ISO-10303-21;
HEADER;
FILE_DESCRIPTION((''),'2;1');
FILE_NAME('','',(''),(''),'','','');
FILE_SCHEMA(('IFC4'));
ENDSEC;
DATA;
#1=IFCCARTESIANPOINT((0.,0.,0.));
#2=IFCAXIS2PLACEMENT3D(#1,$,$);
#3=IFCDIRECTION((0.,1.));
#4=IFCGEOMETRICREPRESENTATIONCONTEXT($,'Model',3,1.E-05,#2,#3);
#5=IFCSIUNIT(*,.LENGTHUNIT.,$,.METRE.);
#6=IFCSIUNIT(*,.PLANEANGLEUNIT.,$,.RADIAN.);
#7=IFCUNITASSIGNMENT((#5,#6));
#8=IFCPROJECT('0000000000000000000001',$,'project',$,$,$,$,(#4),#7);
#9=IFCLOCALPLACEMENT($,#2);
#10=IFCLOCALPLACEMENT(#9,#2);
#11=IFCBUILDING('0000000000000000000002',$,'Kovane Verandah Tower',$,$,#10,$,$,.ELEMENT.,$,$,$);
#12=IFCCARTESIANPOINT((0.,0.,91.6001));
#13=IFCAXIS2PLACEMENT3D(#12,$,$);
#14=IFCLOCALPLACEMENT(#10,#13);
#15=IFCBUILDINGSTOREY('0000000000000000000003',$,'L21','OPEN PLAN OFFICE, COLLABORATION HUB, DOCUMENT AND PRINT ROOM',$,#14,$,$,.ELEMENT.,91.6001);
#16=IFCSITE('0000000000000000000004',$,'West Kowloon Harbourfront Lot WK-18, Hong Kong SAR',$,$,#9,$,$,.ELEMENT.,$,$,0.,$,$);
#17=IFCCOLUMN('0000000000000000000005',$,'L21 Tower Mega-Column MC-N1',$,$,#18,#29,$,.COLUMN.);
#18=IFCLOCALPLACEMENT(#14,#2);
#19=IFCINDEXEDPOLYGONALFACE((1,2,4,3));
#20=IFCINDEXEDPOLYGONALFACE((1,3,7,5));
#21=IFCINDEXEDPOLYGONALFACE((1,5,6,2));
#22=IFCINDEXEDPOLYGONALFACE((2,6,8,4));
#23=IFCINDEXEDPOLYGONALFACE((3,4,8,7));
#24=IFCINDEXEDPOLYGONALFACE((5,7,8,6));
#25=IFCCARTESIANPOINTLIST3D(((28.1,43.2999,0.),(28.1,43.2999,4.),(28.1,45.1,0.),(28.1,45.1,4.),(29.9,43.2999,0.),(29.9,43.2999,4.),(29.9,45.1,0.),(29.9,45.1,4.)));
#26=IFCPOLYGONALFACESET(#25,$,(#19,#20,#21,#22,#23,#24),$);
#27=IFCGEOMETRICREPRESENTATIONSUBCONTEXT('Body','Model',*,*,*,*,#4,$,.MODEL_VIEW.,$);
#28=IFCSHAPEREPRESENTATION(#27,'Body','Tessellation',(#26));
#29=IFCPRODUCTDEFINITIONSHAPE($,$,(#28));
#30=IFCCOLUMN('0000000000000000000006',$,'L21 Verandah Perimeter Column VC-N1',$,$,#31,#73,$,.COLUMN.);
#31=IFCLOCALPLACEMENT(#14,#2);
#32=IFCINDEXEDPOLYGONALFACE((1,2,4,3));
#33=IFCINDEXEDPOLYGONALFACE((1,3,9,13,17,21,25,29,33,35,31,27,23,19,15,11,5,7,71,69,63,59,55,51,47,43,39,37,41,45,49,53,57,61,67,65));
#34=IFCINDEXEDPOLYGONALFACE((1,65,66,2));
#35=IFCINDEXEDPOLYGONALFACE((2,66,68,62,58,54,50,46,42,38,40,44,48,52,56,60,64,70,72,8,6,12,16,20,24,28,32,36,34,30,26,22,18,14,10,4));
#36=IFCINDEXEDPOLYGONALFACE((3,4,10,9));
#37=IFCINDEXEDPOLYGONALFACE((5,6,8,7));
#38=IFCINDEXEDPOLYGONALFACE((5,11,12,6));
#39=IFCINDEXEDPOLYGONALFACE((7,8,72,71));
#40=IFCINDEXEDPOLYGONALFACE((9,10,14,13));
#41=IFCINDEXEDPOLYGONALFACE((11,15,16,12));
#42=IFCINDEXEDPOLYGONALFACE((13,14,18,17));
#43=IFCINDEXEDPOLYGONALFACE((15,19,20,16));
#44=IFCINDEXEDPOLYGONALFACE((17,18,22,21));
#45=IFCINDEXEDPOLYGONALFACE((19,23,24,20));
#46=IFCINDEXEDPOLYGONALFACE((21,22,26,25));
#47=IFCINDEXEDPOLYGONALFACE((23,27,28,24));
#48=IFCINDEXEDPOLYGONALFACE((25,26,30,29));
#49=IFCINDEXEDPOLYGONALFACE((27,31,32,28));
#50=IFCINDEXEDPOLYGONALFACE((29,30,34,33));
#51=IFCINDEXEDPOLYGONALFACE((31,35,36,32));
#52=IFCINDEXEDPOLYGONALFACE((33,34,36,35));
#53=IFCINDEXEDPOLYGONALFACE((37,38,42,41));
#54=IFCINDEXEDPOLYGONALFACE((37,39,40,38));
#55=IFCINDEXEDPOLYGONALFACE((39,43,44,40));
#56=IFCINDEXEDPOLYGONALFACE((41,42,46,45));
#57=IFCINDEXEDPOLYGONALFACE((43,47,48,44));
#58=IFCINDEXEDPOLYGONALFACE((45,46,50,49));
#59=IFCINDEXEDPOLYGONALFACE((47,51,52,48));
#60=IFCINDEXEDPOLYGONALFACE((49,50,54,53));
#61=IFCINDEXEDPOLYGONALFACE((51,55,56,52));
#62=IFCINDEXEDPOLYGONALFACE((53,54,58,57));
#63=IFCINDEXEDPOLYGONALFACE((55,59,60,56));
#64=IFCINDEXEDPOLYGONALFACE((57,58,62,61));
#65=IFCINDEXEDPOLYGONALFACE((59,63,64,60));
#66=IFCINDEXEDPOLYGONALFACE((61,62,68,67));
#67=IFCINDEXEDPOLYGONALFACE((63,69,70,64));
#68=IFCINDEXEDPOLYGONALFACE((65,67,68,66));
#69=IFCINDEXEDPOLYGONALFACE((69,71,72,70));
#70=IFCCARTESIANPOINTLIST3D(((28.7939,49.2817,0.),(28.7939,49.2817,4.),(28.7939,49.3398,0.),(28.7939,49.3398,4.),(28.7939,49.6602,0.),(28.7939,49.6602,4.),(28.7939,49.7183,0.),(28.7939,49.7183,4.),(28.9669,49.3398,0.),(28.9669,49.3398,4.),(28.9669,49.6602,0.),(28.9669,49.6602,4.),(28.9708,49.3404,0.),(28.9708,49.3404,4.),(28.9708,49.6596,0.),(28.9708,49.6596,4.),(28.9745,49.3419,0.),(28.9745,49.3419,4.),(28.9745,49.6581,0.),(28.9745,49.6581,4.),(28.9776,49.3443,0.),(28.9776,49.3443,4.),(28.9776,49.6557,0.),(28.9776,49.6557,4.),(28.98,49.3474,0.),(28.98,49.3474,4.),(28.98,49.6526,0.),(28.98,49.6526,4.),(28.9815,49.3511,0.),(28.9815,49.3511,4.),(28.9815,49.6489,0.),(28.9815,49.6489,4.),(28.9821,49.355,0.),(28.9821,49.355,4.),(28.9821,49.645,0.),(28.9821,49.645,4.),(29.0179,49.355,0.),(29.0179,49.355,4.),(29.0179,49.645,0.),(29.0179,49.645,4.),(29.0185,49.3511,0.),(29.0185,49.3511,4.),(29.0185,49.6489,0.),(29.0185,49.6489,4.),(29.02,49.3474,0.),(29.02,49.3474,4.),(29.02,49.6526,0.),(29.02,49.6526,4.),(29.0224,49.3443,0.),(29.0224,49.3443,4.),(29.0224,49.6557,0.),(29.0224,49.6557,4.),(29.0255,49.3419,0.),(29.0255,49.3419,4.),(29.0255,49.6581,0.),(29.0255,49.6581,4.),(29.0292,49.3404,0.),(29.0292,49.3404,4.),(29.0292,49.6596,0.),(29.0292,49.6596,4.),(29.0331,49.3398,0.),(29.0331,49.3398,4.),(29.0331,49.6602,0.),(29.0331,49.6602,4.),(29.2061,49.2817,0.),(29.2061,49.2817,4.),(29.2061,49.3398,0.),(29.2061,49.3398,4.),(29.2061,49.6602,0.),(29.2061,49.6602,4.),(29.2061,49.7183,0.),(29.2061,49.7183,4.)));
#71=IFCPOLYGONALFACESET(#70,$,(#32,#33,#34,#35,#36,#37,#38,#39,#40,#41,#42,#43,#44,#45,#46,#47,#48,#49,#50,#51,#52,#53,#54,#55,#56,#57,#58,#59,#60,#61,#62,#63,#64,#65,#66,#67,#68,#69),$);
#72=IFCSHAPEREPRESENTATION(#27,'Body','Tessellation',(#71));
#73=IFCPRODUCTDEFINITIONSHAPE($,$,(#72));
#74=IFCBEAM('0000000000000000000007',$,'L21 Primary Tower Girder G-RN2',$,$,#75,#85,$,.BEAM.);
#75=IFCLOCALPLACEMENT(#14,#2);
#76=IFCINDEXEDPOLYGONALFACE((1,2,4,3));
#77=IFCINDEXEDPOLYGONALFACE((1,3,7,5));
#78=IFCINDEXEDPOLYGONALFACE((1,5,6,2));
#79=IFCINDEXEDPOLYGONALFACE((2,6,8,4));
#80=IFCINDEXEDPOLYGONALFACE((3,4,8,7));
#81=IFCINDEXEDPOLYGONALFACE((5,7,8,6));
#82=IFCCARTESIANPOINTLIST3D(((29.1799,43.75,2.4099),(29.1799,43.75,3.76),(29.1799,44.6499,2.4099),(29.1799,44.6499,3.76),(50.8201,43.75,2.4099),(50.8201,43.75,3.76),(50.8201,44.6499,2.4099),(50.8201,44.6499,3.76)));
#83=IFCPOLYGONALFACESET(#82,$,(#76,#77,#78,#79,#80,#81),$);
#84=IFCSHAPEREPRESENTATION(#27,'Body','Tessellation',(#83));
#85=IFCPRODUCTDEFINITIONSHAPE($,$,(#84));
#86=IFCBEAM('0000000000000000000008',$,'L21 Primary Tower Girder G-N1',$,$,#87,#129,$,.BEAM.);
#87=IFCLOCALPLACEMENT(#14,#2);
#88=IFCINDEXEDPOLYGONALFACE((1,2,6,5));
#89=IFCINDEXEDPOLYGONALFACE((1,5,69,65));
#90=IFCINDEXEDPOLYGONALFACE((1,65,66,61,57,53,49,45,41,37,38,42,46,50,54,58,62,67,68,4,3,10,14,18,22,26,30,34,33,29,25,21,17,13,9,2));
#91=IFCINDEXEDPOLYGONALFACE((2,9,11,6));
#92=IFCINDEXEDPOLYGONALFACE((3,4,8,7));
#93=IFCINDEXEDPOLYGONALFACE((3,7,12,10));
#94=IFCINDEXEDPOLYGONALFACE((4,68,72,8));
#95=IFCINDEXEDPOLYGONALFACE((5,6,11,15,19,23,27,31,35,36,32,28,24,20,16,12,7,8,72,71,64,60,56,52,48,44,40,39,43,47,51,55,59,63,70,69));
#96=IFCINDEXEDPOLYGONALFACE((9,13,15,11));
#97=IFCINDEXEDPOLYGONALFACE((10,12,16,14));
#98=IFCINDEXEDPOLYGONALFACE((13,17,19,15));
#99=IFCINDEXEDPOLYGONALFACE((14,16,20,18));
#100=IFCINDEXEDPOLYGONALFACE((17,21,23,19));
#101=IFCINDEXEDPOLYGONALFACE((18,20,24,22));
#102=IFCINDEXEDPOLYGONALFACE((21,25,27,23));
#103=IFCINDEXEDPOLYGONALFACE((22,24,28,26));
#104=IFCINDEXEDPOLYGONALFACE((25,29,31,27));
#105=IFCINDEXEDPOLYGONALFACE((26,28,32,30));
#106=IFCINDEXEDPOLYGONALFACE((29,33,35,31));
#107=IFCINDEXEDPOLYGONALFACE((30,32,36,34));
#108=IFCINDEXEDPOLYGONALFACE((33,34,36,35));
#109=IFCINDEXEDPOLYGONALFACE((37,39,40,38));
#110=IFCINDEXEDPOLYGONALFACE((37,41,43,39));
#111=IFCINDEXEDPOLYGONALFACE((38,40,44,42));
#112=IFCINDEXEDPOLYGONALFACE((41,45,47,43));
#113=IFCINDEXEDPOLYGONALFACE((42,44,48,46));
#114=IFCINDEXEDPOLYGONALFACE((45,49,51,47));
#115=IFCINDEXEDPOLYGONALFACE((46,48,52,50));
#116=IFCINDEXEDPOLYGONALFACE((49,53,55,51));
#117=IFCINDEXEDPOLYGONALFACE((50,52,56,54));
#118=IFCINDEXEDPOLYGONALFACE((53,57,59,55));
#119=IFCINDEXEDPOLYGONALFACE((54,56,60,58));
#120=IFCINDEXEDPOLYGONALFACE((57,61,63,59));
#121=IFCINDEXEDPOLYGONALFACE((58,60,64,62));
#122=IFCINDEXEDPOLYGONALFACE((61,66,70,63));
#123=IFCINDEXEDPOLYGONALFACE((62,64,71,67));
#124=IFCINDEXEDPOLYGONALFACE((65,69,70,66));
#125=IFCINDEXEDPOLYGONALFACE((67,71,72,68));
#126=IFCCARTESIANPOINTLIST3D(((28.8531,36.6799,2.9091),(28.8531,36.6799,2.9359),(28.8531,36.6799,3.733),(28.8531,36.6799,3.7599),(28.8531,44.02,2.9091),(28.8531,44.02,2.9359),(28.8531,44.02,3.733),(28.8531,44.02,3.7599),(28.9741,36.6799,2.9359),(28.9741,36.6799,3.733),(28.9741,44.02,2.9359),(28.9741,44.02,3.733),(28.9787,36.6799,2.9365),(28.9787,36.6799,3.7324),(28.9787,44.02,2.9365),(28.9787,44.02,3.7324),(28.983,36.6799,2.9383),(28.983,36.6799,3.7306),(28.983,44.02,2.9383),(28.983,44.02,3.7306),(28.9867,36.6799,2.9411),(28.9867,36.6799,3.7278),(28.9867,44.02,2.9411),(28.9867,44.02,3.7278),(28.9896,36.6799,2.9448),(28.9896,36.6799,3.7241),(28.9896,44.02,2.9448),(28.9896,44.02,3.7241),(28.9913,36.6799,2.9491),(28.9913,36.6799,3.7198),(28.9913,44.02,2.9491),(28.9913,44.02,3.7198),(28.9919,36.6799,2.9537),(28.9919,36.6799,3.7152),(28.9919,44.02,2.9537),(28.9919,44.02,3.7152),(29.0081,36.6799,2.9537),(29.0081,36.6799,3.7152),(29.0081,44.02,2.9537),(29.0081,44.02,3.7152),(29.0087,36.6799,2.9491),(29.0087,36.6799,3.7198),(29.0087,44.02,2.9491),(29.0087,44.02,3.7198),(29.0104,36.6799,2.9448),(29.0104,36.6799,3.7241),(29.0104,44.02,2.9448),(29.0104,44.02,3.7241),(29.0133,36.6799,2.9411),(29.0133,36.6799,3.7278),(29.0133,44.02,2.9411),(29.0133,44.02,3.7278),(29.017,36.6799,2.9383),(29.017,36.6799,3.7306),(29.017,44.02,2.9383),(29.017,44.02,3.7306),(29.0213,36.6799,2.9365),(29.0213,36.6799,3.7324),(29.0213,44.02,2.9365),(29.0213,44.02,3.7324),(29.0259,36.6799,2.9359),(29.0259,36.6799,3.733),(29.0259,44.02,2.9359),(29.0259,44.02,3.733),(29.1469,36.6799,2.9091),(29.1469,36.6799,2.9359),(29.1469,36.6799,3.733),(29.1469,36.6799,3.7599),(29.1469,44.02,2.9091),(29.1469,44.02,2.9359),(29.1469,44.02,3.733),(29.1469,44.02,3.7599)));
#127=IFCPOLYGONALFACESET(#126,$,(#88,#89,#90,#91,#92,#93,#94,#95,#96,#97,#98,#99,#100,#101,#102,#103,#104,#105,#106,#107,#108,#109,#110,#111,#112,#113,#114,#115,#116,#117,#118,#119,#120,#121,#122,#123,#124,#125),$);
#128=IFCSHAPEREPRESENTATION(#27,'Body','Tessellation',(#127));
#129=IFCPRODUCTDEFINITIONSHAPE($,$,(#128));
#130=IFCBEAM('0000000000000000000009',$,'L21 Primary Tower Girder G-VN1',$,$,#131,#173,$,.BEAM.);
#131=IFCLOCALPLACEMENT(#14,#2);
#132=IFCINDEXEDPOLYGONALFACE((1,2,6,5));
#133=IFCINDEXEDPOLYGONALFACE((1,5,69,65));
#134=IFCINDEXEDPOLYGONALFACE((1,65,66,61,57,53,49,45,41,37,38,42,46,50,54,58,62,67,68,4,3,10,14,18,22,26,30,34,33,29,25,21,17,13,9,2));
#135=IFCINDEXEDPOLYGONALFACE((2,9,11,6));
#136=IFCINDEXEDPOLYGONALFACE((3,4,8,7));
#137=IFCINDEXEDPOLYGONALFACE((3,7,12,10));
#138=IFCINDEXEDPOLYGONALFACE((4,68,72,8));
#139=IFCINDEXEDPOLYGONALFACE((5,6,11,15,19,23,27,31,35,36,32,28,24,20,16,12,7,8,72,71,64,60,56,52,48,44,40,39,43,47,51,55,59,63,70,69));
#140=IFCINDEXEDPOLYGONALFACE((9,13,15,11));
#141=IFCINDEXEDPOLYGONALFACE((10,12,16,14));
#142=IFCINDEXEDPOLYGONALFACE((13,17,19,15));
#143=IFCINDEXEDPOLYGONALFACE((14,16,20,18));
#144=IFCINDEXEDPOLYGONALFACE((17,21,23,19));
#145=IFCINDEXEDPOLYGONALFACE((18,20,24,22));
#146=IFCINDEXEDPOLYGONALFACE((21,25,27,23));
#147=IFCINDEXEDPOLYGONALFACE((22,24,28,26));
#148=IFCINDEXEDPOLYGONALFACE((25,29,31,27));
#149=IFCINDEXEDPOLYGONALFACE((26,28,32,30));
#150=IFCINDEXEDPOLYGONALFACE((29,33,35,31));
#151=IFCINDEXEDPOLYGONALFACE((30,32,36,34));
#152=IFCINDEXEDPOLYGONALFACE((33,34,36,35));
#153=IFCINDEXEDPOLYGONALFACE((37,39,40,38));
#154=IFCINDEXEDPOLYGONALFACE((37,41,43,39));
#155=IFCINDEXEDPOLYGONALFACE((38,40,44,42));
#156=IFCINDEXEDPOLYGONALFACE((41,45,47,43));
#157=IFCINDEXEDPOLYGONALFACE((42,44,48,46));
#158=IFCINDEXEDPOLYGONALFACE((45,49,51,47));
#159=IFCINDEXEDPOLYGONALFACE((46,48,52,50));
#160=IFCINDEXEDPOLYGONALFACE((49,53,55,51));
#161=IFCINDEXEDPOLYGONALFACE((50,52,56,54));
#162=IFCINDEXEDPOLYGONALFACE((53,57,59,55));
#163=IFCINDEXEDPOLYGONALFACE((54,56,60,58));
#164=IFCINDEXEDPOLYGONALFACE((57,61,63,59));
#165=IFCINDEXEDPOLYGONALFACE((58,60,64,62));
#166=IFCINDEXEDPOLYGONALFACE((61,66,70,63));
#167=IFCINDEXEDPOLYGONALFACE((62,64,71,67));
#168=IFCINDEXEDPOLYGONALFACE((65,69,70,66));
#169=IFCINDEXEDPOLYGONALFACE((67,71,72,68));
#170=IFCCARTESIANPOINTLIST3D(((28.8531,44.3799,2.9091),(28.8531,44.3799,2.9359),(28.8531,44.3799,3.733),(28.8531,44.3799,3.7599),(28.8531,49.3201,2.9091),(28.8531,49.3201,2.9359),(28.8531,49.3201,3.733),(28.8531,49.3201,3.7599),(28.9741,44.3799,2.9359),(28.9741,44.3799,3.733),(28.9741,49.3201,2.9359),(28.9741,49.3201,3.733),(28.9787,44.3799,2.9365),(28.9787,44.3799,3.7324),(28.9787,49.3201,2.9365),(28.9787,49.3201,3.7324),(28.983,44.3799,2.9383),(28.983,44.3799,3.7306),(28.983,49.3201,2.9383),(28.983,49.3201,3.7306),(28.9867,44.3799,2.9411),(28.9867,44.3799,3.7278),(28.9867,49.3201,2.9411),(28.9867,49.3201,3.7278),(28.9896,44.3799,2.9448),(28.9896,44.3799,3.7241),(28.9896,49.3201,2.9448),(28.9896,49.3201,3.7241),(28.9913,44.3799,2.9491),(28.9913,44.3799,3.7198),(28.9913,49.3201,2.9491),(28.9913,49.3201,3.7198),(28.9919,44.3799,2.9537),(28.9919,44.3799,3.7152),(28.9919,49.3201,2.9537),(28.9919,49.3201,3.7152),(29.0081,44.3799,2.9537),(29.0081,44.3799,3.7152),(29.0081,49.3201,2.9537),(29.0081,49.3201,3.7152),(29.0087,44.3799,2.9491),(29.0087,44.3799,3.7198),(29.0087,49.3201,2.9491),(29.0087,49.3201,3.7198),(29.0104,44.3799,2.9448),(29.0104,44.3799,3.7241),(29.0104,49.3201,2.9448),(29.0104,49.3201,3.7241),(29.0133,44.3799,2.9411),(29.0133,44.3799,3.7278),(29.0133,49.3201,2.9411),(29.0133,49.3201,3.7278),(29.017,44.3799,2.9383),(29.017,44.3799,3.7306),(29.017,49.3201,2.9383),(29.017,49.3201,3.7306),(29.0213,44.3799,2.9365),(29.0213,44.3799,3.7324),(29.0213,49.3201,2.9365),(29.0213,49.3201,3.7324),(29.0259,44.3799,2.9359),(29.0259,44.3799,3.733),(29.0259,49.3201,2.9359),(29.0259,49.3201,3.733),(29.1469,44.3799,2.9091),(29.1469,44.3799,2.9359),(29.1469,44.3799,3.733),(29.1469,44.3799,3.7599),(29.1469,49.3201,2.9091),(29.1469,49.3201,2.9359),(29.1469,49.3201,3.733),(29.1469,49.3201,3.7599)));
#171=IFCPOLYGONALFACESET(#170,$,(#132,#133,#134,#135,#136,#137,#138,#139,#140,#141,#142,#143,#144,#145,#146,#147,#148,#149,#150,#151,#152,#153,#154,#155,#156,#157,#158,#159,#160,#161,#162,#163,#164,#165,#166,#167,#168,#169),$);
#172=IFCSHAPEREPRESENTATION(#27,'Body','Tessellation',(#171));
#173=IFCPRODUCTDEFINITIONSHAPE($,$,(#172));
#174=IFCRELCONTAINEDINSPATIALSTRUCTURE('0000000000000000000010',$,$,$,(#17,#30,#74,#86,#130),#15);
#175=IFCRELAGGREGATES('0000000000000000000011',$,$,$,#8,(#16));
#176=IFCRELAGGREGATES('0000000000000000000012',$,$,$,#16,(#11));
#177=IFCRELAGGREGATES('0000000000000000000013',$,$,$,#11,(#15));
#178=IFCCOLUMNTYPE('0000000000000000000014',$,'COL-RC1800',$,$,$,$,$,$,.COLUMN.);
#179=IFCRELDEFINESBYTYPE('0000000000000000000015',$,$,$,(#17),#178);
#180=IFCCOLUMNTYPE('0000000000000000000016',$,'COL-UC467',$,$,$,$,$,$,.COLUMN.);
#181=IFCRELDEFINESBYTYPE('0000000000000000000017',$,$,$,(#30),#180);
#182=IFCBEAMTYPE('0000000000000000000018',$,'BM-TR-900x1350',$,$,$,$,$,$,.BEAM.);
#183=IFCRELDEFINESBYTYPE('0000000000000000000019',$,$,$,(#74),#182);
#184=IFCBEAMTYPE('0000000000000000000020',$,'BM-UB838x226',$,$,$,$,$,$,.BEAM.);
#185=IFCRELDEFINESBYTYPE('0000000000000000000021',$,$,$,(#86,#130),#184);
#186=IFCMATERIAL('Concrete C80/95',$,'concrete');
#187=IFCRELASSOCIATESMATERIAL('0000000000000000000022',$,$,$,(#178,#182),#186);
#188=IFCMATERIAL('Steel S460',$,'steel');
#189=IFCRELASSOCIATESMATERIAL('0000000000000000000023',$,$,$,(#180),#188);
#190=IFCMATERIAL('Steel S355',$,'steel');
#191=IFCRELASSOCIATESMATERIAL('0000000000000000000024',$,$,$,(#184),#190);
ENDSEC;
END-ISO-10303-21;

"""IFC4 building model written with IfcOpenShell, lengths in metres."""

from ifc_helpers import new_model, si_unit, direction, frame, origin, origin_2d, place, context, subcontext, project, spatial, rectangle, i_section, extrude, material, material_profile, profile_set, type_object, element, save


model = new_model("IFC4")

# Units and contexts
model_context = context("Model", 3, precision=1e-05, world=origin(), true_north=direction((0.0, 1.0)))
body_context = subcontext(model_context, "Body", "Model", "MODEL_VIEW")
ifc_project = project(units=[si_unit("LENGTHUNIT", "METRE"), si_unit("PLANEANGLEUNIT", "RADIAN")], contexts=[model_context])

# Site, building, storey
site_placement = place(None, origin())
site = spatial("IfcSite", under=ifc_project, at=site_placement, Name="West Kowloon Harbourfront Lot WK-18, Hong Kong SAR", CompositionType="ELEMENT", RefElevation=0.0)
building_placement = place(site_placement, origin())
building = spatial("IfcBuilding", under=site, at=building_placement, Name="Kovane Verandah Tower", CompositionType="ELEMENT")
storey_placement = place(building_placement, frame((0.0, 0.0, 91.6001)))
storey = spatial("IfcBuildingStorey", under=building, at=storey_placement, Name="L21", Description="OPEN PLAN OFFICE, COLLABORATION HUB, DOCUMENT AND PRINT ROOM", CompositionType="ELEMENT", Elevation=91.6001)

# Columns
ifc_material_1 = material(Name="Concrete C80/95", Category="concrete")
ifc_material_profile_1 = material_profile(ifc_material_1, rectangle(XDim=1.8, YDim=1.8, at=origin_2d()), Name="RC1800x1800")
ifc_profile_set_1 = profile_set([ifc_material_profile_1], Name="Concrete C80/95")
column_type_1 = type_object("IfcColumnType", Name="COL-RC1800", PredefinedType="COLUMN", material=ifc_profile_set_1)
column_1_placement = place(storey_placement, frame((29.0, 44.2, 0.0), z_axis=(0.0, 0.0, 1.0), x_axis=(1.0, 0.0, 0.0)))
element("IfcColumn", 1, at=column_1_placement, inside=storey, type_object=column_type_1, Name="L21 Tower Mega-Column MC-N1", PredefinedType="COLUMN", context=body_context, shape_type="SweptSolid", body=[
    extrude(rectangle(XDim=1.8, YDim=1.8, at=origin_2d()), origin(), (0.0, 0.0, 1.0), 4.0),
])
ifc_material_2 = material(Name="Steel S460", Category="steel")
ifc_material_profile_2 = material_profile(ifc_material_2, i_section(OverallWidth=0.4121, OverallDepth=0.4365, WebThickness=0.0359, FlangeThickness=0.0581, FilletRadius=0.0151, at=origin_2d()), Name="UC356x406x467")
ifc_profile_set_2 = profile_set([ifc_material_profile_2], Name="Steel S460")
column_type_2 = type_object("IfcColumnType", Name="COL-UC467", PredefinedType="COLUMN", material=ifc_profile_set_2)
column_2_placement = place(storey_placement, frame((29.0, 49.5, 0.0), z_axis=(0.0, 0.0, 1.0), x_axis=(1.0, 0.0, 0.0)))
element("IfcColumn", 2, at=column_2_placement, inside=storey, type_object=column_type_2, Name="L21 Verandah Perimeter Column VC-N1", PredefinedType="COLUMN", context=body_context, shape_type="SweptSolid", body=[
    extrude(i_section(OverallWidth=0.4121, OverallDepth=0.4365, WebThickness=0.0359, FlangeThickness=0.0581, FilletRadius=0.0151, at=origin_2d()), origin(), (0.0, 0.0, 1.0), 4.0),
])

# Beams
ifc_material_profile_3 = material_profile(ifc_material_1, rectangle(XDim=0.8999, YDim=1.3501, at=origin_2d()), Name="RCB900x1350")
ifc_profile_set_3 = profile_set([ifc_material_profile_3], Name="Concrete C80/95")
beam_type_1 = type_object("IfcBeamType", Name="BM-TR-900x1350", PredefinedType="BEAM", material=ifc_profile_set_3)
beam_1_placement = place(storey_placement, frame((29.1799, 44.2, 3.085), z_axis=(1.0, 0.0, 0.0), x_axis=(0.0, 1.0, 0.0)))
element("IfcBeam", 3, at=beam_1_placement, inside=storey, type_object=beam_type_1, Name="L21 Primary Tower Girder G-RN2", PredefinedType="BEAM", context=body_context, shape_type="SweptSolid", body=[
    extrude(rectangle(XDim=0.8999, YDim=1.3501, at=origin_2d()), origin(), (0.0, 0.0, 1.0), 21.6401),
])
ifc_material_3 = material(Name="Steel S355", Category="steel")
ifc_material_profile_4 = material_profile(ifc_material_3, i_section(OverallWidth=0.2937, OverallDepth=0.8508, WebThickness=0.0161, FlangeThickness=0.0269, FilletRadius=0.0178, at=origin_2d()), Name="UB838x292x226")
ifc_profile_set_4 = profile_set([ifc_material_profile_4], Name="Steel S355")
beam_type_2 = type_object("IfcBeamType", Name="BM-UB838x226", PredefinedType="BEAM", material=ifc_profile_set_4)
beam_2_placement = place(storey_placement, frame((29.0, 36.6799, 3.3345), z_axis=(0.0, 1.0, 0.0), x_axis=(-1.0, 0.0, 0.0)))
element("IfcBeam", 4, at=beam_2_placement, inside=storey, type_object=beam_type_2, Name="L21 Primary Tower Girder G-N1", PredefinedType="BEAM", context=body_context, shape_type="SweptSolid", body=[
    extrude(i_section(OverallWidth=0.2937, OverallDepth=0.8508, WebThickness=0.0161, FlangeThickness=0.0269, FilletRadius=0.0178, at=origin_2d()), origin(), (0.0, 0.0, 1.0), 7.3401),
])
beam_3_placement = place(storey_placement, frame((29.0, 44.3799, 3.3345), z_axis=(0.0, 1.0, 0.0), x_axis=(-1.0, 0.0, 0.0)))
element("IfcBeam", 5, at=beam_3_placement, inside=storey, type_object=beam_type_2, Name="L21 Primary Tower Girder G-VN1", PredefinedType="BEAM", context=body_context, shape_type="SweptSolid", body=[
    extrude(i_section(OverallWidth=0.2937, OverallDepth=0.8508, WebThickness=0.0161, FlangeThickness=0.0269, FilletRadius=0.0178, at=origin_2d()), origin(), (0.0, 0.0, 1.0), 4.9402),
])

save(model, "model.ifc")
